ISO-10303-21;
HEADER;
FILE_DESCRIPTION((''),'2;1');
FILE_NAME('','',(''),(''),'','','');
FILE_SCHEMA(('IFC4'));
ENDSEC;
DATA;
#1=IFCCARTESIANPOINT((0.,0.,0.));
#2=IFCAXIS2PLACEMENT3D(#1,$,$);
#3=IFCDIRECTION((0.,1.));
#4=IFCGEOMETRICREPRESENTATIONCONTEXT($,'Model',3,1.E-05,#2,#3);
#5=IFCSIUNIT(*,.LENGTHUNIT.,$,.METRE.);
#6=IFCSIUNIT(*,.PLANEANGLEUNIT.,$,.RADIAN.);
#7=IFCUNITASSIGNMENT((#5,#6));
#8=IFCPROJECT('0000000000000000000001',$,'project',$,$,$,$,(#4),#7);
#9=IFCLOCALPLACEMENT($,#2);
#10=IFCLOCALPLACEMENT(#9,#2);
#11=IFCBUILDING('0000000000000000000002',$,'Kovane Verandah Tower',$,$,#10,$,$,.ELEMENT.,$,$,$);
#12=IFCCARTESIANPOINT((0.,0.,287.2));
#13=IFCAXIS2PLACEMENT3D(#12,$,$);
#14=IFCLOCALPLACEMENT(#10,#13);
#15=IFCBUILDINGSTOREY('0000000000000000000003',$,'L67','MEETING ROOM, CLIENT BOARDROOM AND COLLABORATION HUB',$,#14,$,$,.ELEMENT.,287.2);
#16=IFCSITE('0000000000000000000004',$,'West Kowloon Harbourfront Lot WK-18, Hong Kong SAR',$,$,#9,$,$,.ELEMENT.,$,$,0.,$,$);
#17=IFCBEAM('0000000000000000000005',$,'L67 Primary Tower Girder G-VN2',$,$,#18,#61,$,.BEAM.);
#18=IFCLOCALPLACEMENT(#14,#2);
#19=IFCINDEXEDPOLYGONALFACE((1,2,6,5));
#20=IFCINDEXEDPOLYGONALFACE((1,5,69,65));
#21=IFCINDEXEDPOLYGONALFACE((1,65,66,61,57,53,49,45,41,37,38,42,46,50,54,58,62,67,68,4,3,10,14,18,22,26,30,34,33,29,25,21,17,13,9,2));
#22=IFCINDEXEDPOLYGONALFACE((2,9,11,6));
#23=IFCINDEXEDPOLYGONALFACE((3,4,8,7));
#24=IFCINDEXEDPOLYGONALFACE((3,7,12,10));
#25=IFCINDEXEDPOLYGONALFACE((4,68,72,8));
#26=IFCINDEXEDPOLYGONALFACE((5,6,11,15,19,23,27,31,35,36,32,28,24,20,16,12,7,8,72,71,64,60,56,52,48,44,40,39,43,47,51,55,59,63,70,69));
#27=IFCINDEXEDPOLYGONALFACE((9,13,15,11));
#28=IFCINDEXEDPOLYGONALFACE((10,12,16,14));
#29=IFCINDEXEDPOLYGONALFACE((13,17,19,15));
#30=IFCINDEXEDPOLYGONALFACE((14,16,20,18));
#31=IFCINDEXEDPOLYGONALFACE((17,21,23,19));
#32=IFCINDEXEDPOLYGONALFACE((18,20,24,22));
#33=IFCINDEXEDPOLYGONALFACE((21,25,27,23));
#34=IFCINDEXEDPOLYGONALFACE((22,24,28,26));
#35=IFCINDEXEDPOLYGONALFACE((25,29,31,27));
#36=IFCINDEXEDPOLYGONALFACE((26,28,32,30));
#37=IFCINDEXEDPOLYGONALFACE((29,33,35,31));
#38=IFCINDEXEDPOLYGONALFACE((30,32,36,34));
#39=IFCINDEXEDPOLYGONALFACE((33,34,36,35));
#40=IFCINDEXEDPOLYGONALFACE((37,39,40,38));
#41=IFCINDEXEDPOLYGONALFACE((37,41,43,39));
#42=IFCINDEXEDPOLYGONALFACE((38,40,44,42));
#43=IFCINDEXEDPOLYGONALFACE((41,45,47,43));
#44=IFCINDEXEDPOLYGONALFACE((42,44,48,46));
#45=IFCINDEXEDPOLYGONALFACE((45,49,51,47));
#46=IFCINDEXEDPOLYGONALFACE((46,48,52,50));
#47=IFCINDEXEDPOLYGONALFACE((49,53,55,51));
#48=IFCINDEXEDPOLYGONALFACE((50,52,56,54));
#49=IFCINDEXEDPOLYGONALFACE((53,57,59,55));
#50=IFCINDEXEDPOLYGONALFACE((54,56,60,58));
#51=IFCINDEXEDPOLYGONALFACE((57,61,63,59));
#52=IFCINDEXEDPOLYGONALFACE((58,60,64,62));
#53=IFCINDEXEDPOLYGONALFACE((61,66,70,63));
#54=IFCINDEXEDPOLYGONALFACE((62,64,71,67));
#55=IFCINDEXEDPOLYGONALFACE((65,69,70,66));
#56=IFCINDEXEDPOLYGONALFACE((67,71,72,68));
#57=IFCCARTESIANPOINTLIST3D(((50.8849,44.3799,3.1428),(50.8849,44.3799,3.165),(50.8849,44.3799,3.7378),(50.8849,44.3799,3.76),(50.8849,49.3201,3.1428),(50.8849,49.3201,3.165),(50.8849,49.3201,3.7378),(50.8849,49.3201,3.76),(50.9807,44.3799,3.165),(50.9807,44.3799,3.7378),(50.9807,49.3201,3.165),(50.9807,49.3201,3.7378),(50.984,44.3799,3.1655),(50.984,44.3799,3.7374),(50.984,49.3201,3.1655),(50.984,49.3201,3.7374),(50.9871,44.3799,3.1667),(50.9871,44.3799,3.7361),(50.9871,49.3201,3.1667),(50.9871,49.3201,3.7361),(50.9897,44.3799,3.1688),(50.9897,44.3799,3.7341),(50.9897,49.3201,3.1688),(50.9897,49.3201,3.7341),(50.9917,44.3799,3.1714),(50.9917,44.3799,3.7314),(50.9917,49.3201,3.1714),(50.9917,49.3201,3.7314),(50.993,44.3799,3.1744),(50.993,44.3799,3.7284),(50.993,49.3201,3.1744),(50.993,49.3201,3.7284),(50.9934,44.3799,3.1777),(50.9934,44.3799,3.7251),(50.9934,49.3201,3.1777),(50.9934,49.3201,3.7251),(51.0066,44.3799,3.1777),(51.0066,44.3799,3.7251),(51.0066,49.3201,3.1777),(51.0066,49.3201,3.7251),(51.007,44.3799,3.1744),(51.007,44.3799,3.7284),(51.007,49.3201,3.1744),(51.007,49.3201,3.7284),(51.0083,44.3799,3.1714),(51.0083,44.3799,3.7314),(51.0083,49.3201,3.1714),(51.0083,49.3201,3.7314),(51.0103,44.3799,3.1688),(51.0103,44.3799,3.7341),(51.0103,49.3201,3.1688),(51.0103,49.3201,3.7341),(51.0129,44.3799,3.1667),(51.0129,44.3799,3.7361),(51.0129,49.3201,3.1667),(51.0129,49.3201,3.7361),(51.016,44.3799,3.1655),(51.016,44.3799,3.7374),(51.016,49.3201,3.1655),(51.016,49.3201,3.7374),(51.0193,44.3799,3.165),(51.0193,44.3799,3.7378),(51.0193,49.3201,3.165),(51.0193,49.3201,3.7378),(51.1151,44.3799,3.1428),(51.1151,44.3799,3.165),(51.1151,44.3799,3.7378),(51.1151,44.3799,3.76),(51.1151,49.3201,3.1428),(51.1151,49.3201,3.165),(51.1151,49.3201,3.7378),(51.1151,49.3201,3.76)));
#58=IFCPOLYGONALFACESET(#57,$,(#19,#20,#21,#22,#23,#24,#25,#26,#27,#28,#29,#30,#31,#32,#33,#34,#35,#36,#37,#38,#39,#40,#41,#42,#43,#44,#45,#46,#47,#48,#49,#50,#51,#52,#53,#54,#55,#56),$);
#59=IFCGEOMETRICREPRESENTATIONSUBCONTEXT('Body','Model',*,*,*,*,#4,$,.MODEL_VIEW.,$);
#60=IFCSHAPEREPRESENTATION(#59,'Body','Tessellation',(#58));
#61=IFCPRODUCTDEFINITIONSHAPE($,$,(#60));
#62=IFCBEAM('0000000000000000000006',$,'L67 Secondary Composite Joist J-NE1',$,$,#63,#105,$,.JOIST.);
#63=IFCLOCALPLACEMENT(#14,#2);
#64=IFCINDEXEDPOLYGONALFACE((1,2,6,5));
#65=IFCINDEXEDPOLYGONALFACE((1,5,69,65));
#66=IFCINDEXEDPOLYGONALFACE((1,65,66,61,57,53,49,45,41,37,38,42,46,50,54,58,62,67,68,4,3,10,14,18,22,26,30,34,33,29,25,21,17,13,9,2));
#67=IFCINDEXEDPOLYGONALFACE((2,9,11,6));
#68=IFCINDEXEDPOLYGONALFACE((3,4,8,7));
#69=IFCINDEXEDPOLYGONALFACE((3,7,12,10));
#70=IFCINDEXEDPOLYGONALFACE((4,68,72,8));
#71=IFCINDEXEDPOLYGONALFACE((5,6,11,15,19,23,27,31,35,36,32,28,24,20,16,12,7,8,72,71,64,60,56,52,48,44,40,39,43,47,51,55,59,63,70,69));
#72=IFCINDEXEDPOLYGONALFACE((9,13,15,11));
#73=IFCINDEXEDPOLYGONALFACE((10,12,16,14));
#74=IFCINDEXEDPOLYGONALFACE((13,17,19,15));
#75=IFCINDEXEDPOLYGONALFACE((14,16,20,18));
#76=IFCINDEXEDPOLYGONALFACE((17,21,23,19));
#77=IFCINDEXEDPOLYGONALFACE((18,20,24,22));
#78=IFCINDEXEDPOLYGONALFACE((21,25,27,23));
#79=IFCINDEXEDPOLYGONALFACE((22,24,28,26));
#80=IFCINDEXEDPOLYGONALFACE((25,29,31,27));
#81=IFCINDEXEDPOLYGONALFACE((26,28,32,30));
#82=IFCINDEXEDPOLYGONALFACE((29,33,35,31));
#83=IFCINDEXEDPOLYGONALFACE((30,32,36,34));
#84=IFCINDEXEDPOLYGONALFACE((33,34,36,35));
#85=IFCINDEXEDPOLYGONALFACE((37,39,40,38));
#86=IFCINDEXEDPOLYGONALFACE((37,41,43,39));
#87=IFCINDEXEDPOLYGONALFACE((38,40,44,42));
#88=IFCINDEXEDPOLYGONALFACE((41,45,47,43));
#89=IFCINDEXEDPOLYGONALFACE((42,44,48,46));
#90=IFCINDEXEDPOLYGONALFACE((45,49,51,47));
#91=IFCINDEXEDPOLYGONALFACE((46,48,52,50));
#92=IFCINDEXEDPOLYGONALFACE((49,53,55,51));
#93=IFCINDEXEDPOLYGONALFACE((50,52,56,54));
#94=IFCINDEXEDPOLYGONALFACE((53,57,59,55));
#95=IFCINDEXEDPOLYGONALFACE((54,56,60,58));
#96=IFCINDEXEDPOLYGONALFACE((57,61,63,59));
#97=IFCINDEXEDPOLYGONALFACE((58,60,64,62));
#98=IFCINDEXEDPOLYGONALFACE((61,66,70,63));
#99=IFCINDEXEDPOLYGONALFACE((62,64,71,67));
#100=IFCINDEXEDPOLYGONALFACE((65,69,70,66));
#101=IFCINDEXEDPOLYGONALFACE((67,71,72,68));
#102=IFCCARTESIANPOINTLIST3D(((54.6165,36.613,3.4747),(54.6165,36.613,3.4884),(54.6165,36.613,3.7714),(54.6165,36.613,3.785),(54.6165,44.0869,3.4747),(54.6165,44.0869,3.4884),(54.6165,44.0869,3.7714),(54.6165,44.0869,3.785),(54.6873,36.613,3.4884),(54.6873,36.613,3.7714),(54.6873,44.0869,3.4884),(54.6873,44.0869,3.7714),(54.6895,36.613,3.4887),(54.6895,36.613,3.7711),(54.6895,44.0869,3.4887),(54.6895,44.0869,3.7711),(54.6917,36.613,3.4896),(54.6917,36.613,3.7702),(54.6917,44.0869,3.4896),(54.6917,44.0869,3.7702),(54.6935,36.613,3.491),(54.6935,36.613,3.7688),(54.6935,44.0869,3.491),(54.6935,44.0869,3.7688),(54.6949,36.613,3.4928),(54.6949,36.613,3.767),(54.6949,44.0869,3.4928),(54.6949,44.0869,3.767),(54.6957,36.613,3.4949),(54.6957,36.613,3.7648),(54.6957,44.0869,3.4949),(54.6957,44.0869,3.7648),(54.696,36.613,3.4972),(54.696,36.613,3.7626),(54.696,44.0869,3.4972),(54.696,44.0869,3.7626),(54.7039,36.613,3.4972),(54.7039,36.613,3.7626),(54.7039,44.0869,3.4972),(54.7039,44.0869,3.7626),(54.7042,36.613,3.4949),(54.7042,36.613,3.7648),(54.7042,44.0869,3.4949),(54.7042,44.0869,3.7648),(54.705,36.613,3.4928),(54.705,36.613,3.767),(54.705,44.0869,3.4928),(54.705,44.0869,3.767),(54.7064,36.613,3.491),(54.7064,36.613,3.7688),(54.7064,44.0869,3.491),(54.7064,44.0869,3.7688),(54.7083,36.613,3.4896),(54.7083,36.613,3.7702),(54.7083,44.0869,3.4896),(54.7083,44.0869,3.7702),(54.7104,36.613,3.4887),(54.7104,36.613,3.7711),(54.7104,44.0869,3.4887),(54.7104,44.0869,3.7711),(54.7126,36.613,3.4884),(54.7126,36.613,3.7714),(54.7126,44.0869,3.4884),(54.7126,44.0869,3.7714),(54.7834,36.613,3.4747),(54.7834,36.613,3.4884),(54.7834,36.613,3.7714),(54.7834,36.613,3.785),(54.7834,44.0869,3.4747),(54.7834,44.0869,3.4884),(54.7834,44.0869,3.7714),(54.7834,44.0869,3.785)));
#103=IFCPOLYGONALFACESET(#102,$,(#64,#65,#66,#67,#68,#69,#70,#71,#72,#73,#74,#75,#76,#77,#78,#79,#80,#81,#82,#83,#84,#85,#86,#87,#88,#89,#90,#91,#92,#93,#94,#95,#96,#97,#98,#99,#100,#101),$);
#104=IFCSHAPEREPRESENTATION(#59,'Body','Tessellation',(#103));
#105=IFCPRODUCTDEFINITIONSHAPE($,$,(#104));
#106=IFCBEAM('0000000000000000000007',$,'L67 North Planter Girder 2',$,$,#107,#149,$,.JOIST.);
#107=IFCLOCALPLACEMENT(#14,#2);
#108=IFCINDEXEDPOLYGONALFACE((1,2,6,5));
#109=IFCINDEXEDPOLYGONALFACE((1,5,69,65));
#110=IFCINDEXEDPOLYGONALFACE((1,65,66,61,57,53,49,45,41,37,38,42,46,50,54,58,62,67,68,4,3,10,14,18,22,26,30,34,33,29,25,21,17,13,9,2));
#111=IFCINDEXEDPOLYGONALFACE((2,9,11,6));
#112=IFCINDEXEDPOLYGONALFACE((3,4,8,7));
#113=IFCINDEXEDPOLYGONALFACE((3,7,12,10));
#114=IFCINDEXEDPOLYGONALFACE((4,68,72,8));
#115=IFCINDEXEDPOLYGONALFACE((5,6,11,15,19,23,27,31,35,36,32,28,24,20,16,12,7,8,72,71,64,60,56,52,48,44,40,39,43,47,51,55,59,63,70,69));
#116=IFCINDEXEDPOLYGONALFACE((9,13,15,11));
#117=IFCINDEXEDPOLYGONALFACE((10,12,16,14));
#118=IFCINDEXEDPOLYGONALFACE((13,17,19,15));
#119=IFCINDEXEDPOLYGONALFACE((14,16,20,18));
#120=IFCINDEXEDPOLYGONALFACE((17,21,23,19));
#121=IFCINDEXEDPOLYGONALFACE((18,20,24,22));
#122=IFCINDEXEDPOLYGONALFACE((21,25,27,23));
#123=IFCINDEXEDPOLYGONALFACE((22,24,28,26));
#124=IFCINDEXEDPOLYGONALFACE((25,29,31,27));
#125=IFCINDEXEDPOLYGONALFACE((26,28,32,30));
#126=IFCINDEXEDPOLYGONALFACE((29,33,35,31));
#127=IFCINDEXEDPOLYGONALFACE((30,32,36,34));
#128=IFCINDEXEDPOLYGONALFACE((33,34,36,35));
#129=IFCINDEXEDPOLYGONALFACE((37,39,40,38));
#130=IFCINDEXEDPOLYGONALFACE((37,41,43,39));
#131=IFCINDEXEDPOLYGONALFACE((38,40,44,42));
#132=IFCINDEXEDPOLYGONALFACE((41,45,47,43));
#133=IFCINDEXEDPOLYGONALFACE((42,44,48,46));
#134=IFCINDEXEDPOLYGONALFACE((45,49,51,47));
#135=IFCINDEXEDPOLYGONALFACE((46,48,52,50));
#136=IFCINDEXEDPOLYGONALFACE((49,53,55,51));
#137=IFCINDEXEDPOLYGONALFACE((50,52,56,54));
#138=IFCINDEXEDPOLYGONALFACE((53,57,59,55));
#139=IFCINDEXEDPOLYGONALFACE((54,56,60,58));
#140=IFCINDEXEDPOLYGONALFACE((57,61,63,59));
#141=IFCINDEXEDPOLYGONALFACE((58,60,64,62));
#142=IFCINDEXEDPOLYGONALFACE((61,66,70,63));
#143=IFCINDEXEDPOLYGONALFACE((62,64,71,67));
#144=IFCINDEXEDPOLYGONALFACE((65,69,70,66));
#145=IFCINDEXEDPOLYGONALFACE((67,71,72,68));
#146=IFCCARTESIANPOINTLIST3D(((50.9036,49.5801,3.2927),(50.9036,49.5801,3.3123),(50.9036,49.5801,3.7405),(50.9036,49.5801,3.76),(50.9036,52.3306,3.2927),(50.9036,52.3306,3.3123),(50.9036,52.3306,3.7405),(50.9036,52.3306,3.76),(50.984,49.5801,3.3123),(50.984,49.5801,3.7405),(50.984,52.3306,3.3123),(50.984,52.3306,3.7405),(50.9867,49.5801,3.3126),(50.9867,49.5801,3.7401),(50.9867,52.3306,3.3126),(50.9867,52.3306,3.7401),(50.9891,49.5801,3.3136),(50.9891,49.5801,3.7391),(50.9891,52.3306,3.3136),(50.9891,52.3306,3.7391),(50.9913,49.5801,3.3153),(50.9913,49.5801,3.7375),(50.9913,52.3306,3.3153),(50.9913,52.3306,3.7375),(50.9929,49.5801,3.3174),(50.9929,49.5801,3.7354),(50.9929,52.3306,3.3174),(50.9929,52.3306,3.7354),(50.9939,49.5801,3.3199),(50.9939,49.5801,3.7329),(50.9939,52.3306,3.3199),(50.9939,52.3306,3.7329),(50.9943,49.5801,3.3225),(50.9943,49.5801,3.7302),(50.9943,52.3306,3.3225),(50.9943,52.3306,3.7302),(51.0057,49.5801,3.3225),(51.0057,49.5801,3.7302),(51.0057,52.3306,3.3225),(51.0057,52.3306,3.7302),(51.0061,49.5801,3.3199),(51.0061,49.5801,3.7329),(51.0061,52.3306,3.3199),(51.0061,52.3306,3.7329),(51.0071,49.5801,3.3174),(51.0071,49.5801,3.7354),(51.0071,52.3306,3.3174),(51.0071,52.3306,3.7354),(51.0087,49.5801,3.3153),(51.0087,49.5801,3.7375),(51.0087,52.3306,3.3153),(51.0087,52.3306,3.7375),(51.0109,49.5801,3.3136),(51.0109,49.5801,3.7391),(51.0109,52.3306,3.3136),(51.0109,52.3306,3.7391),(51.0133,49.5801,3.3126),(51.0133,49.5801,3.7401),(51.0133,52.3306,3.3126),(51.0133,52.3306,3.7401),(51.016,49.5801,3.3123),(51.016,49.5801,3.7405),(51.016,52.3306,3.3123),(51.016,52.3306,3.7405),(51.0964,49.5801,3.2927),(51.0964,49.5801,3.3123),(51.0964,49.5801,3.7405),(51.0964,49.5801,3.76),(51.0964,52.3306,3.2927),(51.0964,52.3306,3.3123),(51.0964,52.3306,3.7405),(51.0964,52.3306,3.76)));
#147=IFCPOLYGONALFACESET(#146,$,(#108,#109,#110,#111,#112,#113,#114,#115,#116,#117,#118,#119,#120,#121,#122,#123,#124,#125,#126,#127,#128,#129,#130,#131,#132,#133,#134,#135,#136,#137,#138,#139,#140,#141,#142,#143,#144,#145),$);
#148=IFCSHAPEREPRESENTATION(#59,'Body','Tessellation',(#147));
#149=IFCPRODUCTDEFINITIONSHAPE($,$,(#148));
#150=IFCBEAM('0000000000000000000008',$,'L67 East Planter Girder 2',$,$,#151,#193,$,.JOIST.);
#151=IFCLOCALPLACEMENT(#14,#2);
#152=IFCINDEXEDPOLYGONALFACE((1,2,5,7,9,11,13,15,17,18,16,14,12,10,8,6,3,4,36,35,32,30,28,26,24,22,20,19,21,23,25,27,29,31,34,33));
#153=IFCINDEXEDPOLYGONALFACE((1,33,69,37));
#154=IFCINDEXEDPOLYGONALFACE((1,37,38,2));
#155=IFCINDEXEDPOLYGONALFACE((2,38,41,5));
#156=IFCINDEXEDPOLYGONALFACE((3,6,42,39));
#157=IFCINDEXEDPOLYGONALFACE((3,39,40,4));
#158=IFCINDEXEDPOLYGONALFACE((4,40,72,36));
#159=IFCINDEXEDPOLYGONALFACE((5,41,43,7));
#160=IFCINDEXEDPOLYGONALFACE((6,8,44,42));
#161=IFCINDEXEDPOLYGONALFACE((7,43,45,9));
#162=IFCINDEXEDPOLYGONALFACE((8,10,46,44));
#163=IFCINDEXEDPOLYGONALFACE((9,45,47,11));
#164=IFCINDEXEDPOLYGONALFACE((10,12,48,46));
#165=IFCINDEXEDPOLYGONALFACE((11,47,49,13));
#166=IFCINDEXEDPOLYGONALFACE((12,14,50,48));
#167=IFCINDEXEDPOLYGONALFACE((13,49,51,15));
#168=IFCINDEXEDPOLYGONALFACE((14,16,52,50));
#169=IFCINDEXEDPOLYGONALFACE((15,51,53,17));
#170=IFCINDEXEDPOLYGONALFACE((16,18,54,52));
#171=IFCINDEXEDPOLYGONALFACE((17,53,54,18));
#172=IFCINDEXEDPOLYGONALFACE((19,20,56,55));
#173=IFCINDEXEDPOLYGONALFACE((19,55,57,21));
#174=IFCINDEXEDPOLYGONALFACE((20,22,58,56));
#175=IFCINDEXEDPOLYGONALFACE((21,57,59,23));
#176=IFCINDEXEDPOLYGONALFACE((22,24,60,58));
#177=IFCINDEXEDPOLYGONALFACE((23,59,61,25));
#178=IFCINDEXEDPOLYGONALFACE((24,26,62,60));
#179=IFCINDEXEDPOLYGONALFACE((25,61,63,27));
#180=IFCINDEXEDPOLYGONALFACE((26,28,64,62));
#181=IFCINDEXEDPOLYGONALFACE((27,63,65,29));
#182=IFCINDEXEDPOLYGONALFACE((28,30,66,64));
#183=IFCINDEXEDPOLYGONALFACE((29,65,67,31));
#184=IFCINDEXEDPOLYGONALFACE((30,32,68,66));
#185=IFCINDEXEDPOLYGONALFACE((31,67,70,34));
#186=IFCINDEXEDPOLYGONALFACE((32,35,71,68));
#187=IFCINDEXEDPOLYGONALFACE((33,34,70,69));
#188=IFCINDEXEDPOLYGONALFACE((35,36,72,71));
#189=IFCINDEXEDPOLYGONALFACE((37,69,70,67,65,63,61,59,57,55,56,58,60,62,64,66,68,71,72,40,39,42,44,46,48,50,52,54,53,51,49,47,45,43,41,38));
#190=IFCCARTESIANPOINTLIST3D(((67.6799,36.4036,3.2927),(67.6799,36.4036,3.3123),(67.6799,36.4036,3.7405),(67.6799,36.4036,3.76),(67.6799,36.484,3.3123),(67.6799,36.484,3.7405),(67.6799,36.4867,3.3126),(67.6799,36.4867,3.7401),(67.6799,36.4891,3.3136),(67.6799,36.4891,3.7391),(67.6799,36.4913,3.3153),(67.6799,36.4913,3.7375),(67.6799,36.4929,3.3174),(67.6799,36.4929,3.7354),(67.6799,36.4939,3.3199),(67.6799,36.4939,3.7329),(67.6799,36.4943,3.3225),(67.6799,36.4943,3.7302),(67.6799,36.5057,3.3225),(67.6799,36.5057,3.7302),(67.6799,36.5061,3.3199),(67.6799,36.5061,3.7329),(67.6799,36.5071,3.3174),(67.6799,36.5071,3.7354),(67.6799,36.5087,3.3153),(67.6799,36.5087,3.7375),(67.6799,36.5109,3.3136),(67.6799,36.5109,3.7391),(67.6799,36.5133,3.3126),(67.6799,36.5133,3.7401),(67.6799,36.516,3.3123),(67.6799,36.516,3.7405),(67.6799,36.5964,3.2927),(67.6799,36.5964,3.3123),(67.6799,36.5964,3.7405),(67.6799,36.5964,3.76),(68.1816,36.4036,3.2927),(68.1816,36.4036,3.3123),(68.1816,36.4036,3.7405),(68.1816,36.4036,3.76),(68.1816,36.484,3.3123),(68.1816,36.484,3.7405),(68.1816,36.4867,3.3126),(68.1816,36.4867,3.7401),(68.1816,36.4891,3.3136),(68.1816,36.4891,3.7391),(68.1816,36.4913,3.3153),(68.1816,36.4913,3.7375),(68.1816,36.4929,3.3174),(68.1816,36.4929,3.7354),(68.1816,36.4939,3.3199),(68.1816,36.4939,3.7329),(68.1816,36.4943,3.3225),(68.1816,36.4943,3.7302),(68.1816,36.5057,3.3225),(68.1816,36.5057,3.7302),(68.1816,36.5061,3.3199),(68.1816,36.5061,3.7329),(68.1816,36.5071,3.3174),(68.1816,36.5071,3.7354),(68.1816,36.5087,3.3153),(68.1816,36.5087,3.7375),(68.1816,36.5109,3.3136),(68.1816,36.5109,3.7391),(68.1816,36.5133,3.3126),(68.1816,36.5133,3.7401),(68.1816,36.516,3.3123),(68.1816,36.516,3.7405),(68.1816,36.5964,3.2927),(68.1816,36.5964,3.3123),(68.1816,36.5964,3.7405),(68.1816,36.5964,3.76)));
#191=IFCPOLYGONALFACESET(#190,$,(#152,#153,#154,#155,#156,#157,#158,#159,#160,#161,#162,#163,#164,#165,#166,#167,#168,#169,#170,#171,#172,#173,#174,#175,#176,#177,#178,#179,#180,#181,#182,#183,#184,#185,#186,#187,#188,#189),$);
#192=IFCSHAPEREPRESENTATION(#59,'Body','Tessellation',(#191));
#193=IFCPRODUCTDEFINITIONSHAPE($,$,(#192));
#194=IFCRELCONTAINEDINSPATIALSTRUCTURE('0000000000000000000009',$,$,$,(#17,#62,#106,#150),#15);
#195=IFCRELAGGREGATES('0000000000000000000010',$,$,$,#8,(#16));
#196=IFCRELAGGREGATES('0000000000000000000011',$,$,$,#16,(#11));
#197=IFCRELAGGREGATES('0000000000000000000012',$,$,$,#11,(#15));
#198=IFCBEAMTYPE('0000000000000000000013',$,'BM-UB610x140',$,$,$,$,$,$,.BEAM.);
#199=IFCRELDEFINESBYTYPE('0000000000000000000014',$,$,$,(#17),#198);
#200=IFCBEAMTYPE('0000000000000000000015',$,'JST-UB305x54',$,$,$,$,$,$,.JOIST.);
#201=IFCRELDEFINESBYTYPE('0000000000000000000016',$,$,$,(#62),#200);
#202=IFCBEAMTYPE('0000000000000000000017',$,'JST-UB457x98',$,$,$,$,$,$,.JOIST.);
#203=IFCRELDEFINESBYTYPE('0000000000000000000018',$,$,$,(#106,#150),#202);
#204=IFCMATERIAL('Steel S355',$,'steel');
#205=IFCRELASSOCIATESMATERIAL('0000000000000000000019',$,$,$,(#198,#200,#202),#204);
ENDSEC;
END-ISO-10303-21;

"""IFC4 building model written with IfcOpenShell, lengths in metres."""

from ifc_helpers import new_model, si_unit, direction, frame, origin, origin_2d, place, context, subcontext, project, spatial, i_section, extrude, material, material_profile, profile_set, type_object, element, save


model = new_model("IFC4")

# Units and contexts
model_context = context("Model", 3, precision=1e-05, world=origin(), true_north=direction((0.0, 1.0)))
body_context = subcontext(model_context, "Body", "Model", "MODEL_VIEW")
ifc_project = project(units=[si_unit("LENGTHUNIT", "METRE"), si_unit("PLANEANGLEUNIT", "RADIAN")], contexts=[model_context])

# Site, building, storey
site_placement = place(None, origin())
site = spatial("IfcSite", under=ifc_project, at=site_placement, Name="West Kowloon Harbourfront Lot WK-18, Hong Kong SAR", CompositionType="ELEMENT", RefElevation=0.0)
building_placement = place(site_placement, origin())
building = spatial("IfcBuilding", under=site, at=building_placement, Name="Kovane Verandah Tower", CompositionType="ELEMENT")
storey_placement = place(building_placement, frame((0.0, 0.0, 287.2)))
storey = spatial("IfcBuildingStorey", under=building, at=storey_placement, Name="L67", Description="MEETING ROOM, CLIENT BOARDROOM AND COLLABORATION HUB", CompositionType="ELEMENT", Elevation=287.2)

# Beams
ifc_material_1 = material(Name="Steel S355", Category="steel")
ifc_material_profile_1 = material_profile(ifc_material_1, i_section(OverallWidth=0.2302, OverallDepth=0.6172, WebThickness=0.0132, FlangeThickness=0.0222, FilletRadius=0.0127, at=origin_2d()), Name="UB610x229x140")
ifc_profile_set_1 = profile_set([ifc_material_profile_1], Name="Steel S355")
beam_type_1 = type_object("IfcBeamType", Name="BM-UB610x140", PredefinedType="BEAM", material=ifc_profile_set_1)
beam_1_placement = place(storey_placement, frame((51.0, 44.3799, 3.4514), z_axis=(0.0, 1.0, 0.0), x_axis=(-1.0, 0.0, 0.0)))
element("IfcBeam", 1, at=beam_1_placement, inside=storey, type_object=beam_type_1, Name="L67 Primary Tower Girder G-VN2", PredefinedType="BEAM", context=body_context, shape_type="SweptSolid", body=[
    extrude(i_section(OverallWidth=0.2302, OverallDepth=0.6172, WebThickness=0.0132, FlangeThickness=0.0222, FilletRadius=0.0127, at=origin_2d()), origin(), (0.0, 0.0, 1.0), 4.9402),
])
ifc_material_profile_2 = material_profile(ifc_material_1, i_section(OverallWidth=0.167, OverallDepth=0.3103, WebThickness=0.0078, FlangeThickness=0.0137, FilletRadius=0.0088, at=origin_2d()), Name="UB305x165x54")
ifc_profile_set_2 = profile_set([ifc_material_profile_2], Name="Steel S355")
beam_type_2 = type_object("IfcBeamType", Name="JST-UB305x54", PredefinedType="JOIST", material=ifc_profile_set_2)
beam_2_placement = place(storey_placement, frame((54.7, 36.613, 3.6299), z_axis=(0.0, 1.0, 0.0), x_axis=(-1.0, 0.0, 0.0)))
element("IfcBeam", 2, at=beam_2_placement, inside=storey, type_object=beam_type_2, Name="L67 Secondary Composite Joist J-NE1", PredefinedType="JOIST", context=body_context, shape_type="SweptSolid", body=[
    extrude(i_section(OverallWidth=0.167, OverallDepth=0.3103, WebThickness=0.0078, FlangeThickness=0.0137, FilletRadius=0.0088, at=origin_2d()), origin(), (0.0, 0.0, 1.0), 7.4739),
])
ifc_material_profile_3 = material_profile(ifc_material_1, i_section(OverallWidth=0.1929, OverallDepth=0.4673, WebThickness=0.0115, FlangeThickness=0.0195, FilletRadius=0.0103, at=origin_2d()), Name="UB457x191x98")
ifc_profile_set_3 = profile_set([ifc_material_profile_3], Name="Steel S355")
beam_type_3 = type_object("IfcBeamType", Name="JST-UB457x98", PredefinedType="JOIST", material=ifc_profile_set_3)
beam_3_placement = place(storey_placement, frame((51.0, 49.5801, 3.5264), z_axis=(0.0, 1.0, 0.0), x_axis=(-1.0, 0.0, 0.0)))
element("IfcBeam", 3, at=beam_3_placement, inside=storey, type_object=beam_type_3, Name="L67 North Planter Girder 2", PredefinedType="JOIST", context=body_context, shape_type="SweptSolid", body=[
    extrude(i_section(OverallWidth=0.1929, OverallDepth=0.4673, WebThickness=0.0115, FlangeThickness=0.0195, FilletRadius=0.0103, at=origin_2d()), origin(), (0.0, 0.0, 1.0), 2.7505),
])
beam_4_placement = place(storey_placement, frame((67.6799, 36.5, 3.5264), z_axis=(1.0, 0.0, 0.0), x_axis=(0.0, 1.0, 0.0)))
element("IfcBeam", 4, at=beam_4_placement, inside=storey, type_object=beam_type_3, Name="L67 East Planter Girder 2", PredefinedType="JOIST", context=body_context, shape_type="SweptSolid", body=[
    extrude(i_section(OverallWidth=0.1929, OverallDepth=0.4673, WebThickness=0.0115, FlangeThickness=0.0195, FilletRadius=0.0103, at=origin_2d()), origin(), (0.0, 0.0, 1.0), 0.5017),
])

save(model, "model.ifc")
